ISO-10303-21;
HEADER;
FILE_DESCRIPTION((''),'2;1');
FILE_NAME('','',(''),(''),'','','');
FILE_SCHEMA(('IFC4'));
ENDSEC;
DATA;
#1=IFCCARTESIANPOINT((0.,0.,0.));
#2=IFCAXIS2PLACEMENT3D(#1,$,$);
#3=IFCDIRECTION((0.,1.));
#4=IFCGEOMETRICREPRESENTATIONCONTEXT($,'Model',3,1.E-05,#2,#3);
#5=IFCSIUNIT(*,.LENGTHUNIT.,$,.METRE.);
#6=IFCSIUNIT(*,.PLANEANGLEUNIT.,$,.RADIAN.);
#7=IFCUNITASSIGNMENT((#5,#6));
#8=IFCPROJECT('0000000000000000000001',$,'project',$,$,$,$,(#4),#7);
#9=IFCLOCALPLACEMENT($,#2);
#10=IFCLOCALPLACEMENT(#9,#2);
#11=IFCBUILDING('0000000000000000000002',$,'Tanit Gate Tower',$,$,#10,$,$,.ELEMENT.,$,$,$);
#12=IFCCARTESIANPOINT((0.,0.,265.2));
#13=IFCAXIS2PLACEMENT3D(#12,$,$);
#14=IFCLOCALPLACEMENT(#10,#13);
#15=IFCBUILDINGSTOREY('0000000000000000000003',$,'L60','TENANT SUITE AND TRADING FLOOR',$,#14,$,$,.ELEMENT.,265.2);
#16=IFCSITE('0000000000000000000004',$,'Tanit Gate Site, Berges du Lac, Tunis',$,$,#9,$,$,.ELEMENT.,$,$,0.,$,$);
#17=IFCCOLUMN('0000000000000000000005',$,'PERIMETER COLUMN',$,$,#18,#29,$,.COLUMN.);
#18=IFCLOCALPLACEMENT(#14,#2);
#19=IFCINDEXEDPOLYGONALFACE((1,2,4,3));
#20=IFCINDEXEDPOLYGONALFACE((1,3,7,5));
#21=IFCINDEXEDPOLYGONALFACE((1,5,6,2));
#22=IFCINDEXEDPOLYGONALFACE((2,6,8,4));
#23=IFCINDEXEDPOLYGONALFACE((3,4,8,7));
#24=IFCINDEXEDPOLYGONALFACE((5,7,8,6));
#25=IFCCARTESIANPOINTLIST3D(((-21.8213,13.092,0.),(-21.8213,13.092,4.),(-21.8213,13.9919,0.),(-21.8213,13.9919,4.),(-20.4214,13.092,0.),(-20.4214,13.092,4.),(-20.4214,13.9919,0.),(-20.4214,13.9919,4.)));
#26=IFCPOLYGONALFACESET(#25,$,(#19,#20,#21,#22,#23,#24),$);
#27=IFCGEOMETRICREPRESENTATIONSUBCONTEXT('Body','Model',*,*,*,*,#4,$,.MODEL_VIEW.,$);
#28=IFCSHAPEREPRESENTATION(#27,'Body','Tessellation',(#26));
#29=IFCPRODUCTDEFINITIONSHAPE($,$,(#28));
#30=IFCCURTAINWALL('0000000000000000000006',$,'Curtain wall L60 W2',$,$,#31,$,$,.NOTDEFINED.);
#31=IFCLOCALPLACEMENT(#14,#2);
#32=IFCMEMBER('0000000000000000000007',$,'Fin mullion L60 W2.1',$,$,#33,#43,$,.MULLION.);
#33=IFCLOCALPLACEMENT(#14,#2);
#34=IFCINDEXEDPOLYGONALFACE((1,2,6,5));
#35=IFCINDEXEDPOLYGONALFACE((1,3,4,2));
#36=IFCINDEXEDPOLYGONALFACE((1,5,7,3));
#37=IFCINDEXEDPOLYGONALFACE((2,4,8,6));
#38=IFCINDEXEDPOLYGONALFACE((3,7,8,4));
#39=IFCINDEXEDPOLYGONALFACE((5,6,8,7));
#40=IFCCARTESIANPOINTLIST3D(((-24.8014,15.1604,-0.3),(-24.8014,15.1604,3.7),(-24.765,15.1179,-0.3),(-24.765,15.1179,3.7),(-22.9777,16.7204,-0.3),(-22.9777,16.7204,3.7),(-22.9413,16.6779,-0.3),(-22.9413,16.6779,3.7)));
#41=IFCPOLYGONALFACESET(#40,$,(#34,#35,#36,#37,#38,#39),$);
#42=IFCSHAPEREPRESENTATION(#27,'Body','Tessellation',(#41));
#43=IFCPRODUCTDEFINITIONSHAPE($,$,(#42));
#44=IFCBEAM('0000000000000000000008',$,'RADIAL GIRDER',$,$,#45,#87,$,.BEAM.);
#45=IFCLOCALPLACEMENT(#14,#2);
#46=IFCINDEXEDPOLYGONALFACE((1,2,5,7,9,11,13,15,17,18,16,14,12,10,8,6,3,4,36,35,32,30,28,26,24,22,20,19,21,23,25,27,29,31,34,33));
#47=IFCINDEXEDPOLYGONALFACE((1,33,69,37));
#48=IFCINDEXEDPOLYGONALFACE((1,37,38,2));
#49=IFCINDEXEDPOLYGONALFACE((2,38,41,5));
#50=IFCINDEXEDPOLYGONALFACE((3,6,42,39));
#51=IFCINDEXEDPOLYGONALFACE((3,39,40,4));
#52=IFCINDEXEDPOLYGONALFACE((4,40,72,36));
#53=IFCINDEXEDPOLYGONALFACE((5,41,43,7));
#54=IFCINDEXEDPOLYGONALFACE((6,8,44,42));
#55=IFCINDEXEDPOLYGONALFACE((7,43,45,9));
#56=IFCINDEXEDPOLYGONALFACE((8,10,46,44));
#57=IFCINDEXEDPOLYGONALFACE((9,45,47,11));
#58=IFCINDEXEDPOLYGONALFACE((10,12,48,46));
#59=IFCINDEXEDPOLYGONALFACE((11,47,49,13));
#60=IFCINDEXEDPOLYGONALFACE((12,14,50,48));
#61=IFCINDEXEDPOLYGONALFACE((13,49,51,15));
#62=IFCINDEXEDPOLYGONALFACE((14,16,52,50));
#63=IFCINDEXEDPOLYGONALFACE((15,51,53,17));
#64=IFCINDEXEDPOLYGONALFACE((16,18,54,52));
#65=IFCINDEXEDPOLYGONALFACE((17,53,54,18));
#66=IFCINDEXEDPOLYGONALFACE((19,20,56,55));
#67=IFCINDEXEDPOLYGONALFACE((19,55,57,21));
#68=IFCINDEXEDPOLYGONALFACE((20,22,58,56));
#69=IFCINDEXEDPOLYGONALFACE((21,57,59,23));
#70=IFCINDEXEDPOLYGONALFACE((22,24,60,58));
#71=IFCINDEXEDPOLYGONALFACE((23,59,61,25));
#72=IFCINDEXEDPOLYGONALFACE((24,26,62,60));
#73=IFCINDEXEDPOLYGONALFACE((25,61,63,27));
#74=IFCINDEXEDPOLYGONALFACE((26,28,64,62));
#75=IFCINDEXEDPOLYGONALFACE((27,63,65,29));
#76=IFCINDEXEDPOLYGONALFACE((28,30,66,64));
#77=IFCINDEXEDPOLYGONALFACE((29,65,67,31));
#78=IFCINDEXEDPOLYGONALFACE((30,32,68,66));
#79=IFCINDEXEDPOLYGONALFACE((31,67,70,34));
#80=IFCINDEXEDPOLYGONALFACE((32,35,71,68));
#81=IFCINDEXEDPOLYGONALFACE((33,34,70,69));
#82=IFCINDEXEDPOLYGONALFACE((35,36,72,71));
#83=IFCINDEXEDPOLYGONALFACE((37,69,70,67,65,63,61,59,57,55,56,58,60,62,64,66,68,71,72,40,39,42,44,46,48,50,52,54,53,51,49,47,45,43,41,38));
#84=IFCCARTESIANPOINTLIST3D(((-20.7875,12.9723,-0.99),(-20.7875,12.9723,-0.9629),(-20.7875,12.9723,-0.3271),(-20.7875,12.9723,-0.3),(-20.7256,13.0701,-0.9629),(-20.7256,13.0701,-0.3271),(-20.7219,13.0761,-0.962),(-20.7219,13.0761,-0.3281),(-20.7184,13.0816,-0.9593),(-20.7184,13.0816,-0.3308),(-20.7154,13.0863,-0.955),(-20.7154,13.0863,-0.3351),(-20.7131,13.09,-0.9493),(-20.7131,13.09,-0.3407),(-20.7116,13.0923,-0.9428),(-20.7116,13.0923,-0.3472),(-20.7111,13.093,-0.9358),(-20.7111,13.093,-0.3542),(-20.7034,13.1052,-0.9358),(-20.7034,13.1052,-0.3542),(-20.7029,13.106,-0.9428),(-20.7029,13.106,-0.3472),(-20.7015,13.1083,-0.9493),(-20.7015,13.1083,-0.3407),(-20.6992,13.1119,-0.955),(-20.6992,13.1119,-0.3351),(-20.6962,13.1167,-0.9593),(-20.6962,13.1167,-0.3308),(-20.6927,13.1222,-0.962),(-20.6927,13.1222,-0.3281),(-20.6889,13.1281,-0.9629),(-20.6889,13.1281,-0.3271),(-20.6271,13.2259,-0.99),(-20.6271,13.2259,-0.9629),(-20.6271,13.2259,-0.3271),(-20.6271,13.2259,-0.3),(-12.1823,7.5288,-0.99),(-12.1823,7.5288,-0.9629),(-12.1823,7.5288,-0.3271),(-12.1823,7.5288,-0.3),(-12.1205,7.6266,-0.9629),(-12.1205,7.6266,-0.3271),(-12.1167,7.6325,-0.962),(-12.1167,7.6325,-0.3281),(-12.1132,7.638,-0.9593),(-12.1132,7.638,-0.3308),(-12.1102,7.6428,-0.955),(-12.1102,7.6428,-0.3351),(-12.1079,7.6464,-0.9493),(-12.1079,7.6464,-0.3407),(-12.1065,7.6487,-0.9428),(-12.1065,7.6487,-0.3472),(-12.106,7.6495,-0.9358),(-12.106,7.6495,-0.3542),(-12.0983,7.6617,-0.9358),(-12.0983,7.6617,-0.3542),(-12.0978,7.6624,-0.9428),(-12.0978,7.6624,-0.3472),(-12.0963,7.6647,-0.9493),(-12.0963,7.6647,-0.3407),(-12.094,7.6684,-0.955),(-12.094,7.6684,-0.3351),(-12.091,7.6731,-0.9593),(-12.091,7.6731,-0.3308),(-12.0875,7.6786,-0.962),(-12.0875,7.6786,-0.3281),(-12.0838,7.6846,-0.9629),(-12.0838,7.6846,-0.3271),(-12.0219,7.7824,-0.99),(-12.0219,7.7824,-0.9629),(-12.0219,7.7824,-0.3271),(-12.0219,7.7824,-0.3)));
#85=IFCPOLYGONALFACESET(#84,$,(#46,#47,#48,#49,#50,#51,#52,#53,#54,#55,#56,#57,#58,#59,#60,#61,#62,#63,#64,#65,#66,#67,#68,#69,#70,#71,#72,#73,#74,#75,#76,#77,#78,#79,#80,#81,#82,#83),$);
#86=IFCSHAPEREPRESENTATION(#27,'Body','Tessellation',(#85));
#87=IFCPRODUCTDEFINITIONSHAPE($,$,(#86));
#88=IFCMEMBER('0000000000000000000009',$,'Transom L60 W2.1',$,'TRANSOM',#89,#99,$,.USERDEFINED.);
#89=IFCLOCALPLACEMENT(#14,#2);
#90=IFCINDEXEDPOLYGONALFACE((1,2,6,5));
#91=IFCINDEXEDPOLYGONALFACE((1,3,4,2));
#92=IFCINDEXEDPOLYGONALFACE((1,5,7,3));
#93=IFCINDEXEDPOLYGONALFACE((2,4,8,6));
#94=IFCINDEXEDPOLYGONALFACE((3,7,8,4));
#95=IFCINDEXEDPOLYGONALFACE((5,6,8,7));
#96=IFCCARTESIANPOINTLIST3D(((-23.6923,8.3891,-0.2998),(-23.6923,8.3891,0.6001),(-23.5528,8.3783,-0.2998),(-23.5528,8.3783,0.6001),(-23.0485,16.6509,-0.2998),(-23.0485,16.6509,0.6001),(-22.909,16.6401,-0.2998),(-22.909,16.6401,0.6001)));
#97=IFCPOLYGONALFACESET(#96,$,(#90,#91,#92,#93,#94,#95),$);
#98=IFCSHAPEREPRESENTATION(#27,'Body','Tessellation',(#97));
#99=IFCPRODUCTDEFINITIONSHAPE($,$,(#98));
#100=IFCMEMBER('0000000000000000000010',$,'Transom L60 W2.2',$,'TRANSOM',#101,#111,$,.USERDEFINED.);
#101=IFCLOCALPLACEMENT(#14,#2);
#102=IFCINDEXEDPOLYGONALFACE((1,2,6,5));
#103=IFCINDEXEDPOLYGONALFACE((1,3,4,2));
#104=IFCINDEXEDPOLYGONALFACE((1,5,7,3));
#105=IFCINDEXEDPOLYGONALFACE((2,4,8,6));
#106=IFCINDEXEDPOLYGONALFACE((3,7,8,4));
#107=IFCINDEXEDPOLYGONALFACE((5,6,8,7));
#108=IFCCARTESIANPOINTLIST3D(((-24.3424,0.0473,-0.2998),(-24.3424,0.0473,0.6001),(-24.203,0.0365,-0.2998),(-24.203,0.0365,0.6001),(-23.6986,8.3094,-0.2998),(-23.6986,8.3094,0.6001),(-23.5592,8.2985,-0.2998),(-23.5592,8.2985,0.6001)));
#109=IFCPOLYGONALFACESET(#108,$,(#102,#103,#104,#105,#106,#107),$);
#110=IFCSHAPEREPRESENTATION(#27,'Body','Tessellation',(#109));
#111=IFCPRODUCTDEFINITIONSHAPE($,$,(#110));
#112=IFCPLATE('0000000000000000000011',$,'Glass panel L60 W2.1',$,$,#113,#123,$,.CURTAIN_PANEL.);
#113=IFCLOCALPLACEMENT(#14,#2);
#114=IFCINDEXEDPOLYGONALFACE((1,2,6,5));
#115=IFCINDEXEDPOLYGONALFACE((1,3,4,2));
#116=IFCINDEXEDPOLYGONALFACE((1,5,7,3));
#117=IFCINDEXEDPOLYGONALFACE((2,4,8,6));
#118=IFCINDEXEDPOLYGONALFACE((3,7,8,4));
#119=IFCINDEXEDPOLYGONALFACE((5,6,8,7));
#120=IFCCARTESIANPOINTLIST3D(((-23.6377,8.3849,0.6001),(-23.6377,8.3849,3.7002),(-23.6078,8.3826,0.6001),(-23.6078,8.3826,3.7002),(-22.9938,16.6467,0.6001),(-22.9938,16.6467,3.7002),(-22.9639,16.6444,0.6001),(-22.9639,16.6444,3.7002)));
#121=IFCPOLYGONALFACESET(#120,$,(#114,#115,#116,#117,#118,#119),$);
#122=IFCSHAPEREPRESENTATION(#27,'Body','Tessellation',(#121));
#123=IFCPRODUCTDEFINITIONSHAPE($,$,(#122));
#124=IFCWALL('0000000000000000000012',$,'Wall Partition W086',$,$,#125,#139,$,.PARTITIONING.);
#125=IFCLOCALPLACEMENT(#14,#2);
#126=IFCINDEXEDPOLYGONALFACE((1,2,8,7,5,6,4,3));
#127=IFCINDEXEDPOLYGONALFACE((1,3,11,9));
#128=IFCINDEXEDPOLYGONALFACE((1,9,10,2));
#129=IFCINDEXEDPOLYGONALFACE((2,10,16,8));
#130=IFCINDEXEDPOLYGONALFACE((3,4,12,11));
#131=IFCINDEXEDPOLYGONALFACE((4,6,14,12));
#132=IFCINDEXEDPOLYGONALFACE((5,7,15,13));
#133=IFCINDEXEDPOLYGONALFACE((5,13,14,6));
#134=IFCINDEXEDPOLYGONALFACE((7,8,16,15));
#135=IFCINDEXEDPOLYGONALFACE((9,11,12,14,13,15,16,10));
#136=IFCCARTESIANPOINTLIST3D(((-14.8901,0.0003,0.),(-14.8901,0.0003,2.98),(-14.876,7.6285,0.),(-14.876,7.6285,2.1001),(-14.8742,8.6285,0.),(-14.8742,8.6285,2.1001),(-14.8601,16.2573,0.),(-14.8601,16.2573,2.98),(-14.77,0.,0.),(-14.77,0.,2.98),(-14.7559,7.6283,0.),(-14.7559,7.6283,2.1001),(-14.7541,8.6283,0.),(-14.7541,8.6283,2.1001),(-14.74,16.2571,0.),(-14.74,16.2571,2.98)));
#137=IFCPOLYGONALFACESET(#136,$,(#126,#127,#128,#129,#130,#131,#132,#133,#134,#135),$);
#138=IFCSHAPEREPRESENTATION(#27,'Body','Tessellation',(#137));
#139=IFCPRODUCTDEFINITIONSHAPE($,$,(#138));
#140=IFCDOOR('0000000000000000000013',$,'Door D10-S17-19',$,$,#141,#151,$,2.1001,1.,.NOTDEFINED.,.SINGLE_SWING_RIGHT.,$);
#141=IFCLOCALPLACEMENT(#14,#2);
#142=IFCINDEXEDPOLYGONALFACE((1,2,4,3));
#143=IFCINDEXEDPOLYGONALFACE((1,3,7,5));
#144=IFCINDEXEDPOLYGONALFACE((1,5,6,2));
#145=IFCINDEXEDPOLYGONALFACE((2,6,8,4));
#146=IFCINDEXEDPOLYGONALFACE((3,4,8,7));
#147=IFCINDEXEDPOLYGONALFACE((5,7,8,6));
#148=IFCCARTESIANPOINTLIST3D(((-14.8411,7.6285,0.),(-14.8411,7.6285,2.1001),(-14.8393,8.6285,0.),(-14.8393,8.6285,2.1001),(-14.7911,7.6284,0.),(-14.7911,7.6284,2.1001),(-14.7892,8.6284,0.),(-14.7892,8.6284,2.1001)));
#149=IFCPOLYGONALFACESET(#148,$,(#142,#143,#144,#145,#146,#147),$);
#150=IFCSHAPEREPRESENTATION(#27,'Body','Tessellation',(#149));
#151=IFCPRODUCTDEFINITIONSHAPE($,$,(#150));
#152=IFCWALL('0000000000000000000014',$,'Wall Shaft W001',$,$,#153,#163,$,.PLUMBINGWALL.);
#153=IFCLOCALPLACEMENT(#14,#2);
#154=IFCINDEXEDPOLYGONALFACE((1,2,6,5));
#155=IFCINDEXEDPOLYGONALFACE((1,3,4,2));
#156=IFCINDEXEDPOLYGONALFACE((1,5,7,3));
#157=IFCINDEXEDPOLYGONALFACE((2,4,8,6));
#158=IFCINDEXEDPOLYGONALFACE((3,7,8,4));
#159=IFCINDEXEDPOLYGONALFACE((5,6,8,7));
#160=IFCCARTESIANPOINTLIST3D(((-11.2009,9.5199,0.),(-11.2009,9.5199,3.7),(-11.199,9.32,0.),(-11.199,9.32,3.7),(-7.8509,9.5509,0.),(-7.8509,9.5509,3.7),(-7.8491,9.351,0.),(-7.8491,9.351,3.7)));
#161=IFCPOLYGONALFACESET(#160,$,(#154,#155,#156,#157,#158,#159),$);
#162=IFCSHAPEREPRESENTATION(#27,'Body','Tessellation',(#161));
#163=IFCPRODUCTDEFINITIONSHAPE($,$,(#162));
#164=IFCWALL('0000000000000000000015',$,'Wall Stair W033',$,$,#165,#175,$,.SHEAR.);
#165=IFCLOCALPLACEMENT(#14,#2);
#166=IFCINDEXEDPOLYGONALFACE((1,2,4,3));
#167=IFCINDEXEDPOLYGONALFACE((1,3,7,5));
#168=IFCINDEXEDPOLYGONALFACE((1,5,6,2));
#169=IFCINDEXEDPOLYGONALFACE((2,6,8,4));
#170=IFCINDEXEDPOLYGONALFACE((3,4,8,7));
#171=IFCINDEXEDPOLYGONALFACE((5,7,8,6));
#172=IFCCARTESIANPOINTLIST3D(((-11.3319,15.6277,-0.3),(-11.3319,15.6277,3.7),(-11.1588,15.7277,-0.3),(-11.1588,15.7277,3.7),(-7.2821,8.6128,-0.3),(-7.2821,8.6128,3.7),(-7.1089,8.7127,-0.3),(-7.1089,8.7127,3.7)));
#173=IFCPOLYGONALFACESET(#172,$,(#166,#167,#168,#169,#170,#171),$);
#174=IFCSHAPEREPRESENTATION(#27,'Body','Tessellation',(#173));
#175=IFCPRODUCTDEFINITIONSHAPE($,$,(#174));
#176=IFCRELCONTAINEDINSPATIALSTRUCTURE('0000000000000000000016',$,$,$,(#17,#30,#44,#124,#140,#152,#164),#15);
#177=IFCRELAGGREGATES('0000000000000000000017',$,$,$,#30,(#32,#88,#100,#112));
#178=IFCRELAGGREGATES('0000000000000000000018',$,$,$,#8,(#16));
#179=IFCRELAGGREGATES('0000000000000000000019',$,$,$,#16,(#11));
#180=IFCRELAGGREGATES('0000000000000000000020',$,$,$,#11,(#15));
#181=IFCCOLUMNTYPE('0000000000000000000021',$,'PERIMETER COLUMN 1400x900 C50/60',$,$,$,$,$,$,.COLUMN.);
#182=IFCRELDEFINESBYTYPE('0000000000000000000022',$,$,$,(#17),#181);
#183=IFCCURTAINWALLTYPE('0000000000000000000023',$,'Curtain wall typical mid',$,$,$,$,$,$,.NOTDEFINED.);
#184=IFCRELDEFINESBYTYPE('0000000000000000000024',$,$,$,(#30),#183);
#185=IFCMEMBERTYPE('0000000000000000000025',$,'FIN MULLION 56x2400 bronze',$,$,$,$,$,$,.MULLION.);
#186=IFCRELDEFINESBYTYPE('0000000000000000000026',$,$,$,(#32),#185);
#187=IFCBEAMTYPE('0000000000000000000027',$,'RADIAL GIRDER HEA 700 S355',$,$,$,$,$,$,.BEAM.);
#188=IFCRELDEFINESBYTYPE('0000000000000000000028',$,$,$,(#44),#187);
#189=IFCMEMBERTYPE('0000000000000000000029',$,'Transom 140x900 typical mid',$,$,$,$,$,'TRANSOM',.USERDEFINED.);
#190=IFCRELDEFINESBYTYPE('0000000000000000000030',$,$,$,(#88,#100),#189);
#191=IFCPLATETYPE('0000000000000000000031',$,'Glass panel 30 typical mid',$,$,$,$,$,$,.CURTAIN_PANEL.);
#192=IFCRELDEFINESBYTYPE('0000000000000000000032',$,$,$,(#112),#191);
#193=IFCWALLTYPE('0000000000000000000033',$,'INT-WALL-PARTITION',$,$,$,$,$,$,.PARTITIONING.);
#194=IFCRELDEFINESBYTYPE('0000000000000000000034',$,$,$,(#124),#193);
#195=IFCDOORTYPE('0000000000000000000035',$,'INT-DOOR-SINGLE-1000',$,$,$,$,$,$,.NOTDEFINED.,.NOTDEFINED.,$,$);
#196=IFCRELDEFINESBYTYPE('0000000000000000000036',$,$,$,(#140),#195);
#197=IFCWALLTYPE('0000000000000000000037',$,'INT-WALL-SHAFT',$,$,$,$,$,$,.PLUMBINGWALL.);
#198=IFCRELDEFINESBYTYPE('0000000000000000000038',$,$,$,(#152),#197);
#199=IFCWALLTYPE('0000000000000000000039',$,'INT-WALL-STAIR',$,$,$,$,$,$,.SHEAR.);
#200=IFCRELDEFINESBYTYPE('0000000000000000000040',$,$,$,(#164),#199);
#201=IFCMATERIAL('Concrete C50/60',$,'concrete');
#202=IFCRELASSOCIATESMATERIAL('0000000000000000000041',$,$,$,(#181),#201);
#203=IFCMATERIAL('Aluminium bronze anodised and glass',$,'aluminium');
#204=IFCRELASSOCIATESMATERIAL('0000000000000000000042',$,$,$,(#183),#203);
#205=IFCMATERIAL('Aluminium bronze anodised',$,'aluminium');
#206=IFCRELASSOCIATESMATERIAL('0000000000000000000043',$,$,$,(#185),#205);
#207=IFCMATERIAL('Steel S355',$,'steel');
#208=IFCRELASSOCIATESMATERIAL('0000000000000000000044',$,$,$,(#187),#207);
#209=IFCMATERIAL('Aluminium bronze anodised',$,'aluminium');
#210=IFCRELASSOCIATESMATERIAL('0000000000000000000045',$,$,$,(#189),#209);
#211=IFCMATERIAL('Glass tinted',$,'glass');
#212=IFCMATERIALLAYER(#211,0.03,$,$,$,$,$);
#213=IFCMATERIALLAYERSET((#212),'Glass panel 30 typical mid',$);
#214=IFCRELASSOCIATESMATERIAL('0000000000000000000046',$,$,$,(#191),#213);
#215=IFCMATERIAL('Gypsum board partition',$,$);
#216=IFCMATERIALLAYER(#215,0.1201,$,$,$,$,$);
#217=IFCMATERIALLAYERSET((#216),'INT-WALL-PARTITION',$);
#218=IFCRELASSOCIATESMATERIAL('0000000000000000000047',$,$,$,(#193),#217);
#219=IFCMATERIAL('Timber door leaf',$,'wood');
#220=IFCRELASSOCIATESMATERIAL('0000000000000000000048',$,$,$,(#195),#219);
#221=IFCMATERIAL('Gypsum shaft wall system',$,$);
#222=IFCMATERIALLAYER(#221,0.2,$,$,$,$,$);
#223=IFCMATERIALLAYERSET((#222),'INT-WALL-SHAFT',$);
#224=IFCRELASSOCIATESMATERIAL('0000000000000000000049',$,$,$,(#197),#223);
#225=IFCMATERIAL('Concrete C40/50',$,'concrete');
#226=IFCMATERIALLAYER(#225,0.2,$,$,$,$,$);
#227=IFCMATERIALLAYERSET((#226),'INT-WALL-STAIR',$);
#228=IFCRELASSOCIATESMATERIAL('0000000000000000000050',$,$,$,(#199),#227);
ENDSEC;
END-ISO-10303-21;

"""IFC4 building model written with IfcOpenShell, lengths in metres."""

from ifc_helpers import new_model, si_unit, direction, frame, frame_2d, origin, origin_2d, place, context, subcontext, project, spatial, rectangle, i_section, extrude, material, layer, layer_set, material_profile, profile_set, type_object, element, fill, aggregate, save


model = new_model("IFC4")

# Units and contexts
model_context = context("Model", 3, precision=1e-05, world=origin(), true_north=direction((0.0, 1.0)))
body_context = subcontext(model_context, "Body", "Model", "MODEL_VIEW")
ifc_project = project(units=[si_unit("LENGTHUNIT", "METRE"), si_unit("PLANEANGLEUNIT", "RADIAN")], contexts=[model_context])

# Site, building, storey
site_placement = place(None, origin())
site = spatial("IfcSite", under=ifc_project, at=site_placement, Name="Tanit Gate Site, Berges du Lac, Tunis", CompositionType="ELEMENT", RefElevation=0.0)
building_placement = place(site_placement, origin())
building = spatial("IfcBuilding", under=site, at=building_placement, Name="Tanit Gate Tower", CompositionType="ELEMENT")
storey_placement = place(building_placement, frame((0.0, 0.0, 265.2)))
storey = spatial("IfcBuildingStorey", under=building, at=storey_placement, Name="L60", Description="TENANT SUITE AND TRADING FLOOR", CompositionType="ELEMENT", Elevation=265.2)

# Column
ifc_material_1 = material(Name="Concrete C50/60", Category="concrete")
ifc_material_profile_1 = material_profile(ifc_material_1, rectangle(XDim=1.3999, YDim=0.8999, at=origin_2d()), Name="RC 1400x900")
ifc_profile_set_1 = profile_set([ifc_material_profile_1], Name="Concrete C50/60")
column_type = type_object("IfcColumnType", Name="PERIMETER COLUMN 1400x900 C50/60", PredefinedType="COLUMN", material=ifc_profile_set_1)
column_placement = place(storey_placement, frame((-21.1213, 13.542, 0.0), z_axis=(0.0, 0.0, 1.0), x_axis=(-1.0, 0.0, 0.0)))
element("IfcColumn", 1, at=column_placement, inside=storey, type_object=column_type, Name="PERIMETER COLUMN", PredefinedType="COLUMN", context=body_context, shape_type="SweptSolid", body=[
    extrude(rectangle(XDim=1.3999, YDim=0.8999, at=origin_2d()), origin(), (0.0, 0.0, 1.0), 4.0),
])

# Curtain wall, member
ifc_material_2 = material(Name="Aluminium bronze anodised and glass", Category="aluminium")
curtain_wall_type = type_object("IfcCurtainWallType", Name="Curtain wall typical mid", PredefinedType="NOTDEFINED", material=ifc_material_2)
curtain_wall_placement = place(storey_placement, origin())
curtain_wall = element("IfcCurtainWall", 2, at=curtain_wall_placement, inside=storey, type_object=curtain_wall_type, Name="Curtain wall L60 W2", PredefinedType="NOTDEFINED")
ifc_material_3 = material(Name="Aluminium bronze anodised", Category="aluminium")
ifc_material_profile_2 = material_profile(ifc_material_3, rectangle(XDim=2.3999, YDim=0.0559, at=origin_2d()), Name="56x2400 bronze fin mullion")
ifc_profile_set_2 = profile_set([ifc_material_profile_2], Name="Aluminium bronze anodised")
member_type_1 = type_object("IfcMemberType", Name="FIN MULLION 56x2400 bronze", PredefinedType="MULLION", material=ifc_profile_set_2)
member_1_placement = place(storey_placement, frame((-23.8713, 15.9192, -0.3), z_axis=(0.0, 0.0, 1.0), x_axis=(0.759912, 0.650026, 0.0)))
member_1 = element("IfcMember", 3, at=member_1_placement, type_object=member_type_1, Name="Fin mullion L60 W2.1", PredefinedType="MULLION", context=body_context, shape_type="SweptSolid", body=[
    extrude(rectangle(XDim=2.3999, YDim=0.0559, at=origin_2d()), origin(), (0.0, 0.0, 1.0), 4.0),
])

# Beam
ifc_material_4 = material(Name="Steel S355", Category="steel")
ifc_material_profile_3 = material_profile(ifc_material_4, i_section(OverallWidth=0.3, OverallDepth=0.6899, WebThickness=0.0144, FlangeThickness=0.0271, FilletRadius=0.0271, at=origin_2d()), Name="HEA 700")
ifc_profile_set_3 = profile_set([ifc_material_profile_3], Name="Steel S355")
beam_type = type_object("IfcBeamType", Name="RADIAL GIRDER HEA 700 S355", PredefinedType="BEAM", material=ifc_profile_set_3)
beam_placement = place(storey_placement, frame((-20.7073, 13.0991, -0.645), z_axis=(0.845102, -0.534605, 0.0), x_axis=(0.534605, 0.845102, 0.0)))
element("IfcBeam", 4, at=beam_placement, inside=storey, type_object=beam_type, Name="RADIAL GIRDER", PredefinedType="BEAM", context=body_context, shape_type="SweptSolid", body=[
    extrude(i_section(OverallWidth=0.3, OverallDepth=0.6899, WebThickness=0.0144, FlangeThickness=0.0271, FilletRadius=0.0271, at=origin_2d()), origin(), (0.0, 0.0, 1.0), 10.1824),
])

# Members
ifc_material_5 = material(Name="Aluminium bronze anodised", Category="aluminium")
ifc_material_profile_4 = material_profile(ifc_material_5, rectangle(XDim=0.1399, YDim=0.8999, at=origin_2d()), Name="140x900 bronze transom")
ifc_profile_set_4 = profile_set([ifc_material_profile_4], Name="Aluminium bronze anodised")
member_type_2 = type_object("IfcMemberType", Name="Transom 140x900 typical mid", ElementType="TRANSOM", PredefinedType="USERDEFINED", material=ifc_profile_set_4)
member_2_placement = place(storey_placement, frame((-22.9788, 16.6455, 0.1501), z_axis=(-0.07769, -0.996978, 0.0), x_axis=(0.996978, -0.07769, 0.0)))
member_2 = element("IfcMember", 5, at=member_2_placement, type_object=member_type_2, Name="Transom L60 W2.1", ObjectType="TRANSOM", PredefinedType="USERDEFINED", context=body_context, shape_type="SweptSolid", body=[
    extrude(rectangle(XDim=0.1399, YDim=0.8999, at=origin_2d()), origin(), (0.0, 0.0, 1.0), 8.2869),
])
member_3_placement = place(storey_placement, frame((-23.6289, 8.304, 0.1501), z_axis=(-0.077688, -0.996978, 0.0), x_axis=(0.996978, -0.077688, 0.0)))
member_3 = element("IfcMember", 6, at=member_3_placement, type_object=member_type_2, Name="Transom L60 W2.2", ObjectType="TRANSOM", PredefinedType="USERDEFINED", context=body_context, shape_type="SweptSolid", body=[
    extrude(rectangle(XDim=0.1399, YDim=0.8999, at=origin_2d()), origin(), (0.0, 0.0, 1.0), 8.2871),
])

# Plate
ifc_material_6 = material(Name="Glass tinted", Category="glass")
ifc_layer_1 = layer(ifc_material_6, 0.03)
ifc_layer_set_1 = layer_set([ifc_layer_1], Name="Glass panel 30 typical mid")
plate_type = type_object("IfcPlateType", Name="Glass panel 30 typical mid", PredefinedType="CURTAIN_PANEL", material=ifc_layer_set_1)
plate_placement = place(storey_placement, frame((-23.3008, 12.5146, 0.6001), z_axis=(0.0, 0.0, 1.0), x_axis=(-0.077701, -0.996977, 0.0)))
plate = element("IfcPlate", 7, at=plate_placement, type_object=plate_type, Name="Glass panel L60 W2.1", PredefinedType="CURTAIN_PANEL", context=body_context, shape_type="SweptSolid", body=[
    extrude(rectangle(XDim=8.2869, YDim=0.03, at=origin_2d()), origin(), (0.0, 0.0, 1.0), 3.1001),
])
aggregate(curtain_wall, [member_1, member_2, member_3, plate])

# Wall, opening, door
ifc_material_7 = material(Name="Gypsum board partition")
ifc_layer_2 = layer(ifc_material_7, 0.1201)
ifc_layer_set_2 = layer_set([ifc_layer_2], Name="INT-WALL-PARTITION")
wall_type_1 = type_object("IfcWallType", Name="INT-WALL-PARTITION", PredefinedType="PARTITIONING", material=ifc_layer_set_2)
wall_1_placement = place(storey_placement, frame((-14.8, 16.2571, 0.0), z_axis=(0.0, 0.0, 1.0), x_axis=(-0.001847, -0.999998, 0.0)))
wall_1 = element("IfcWall", 8, at=wall_1_placement, inside=storey, type_object=wall_type_1, Name="Wall Partition W086", PredefinedType="PARTITIONING", context=body_context, shape_type="SweptSolid", body=[
    extrude(rectangle(XDim=16.2571, YDim=0.1201, at=frame_2d((8.1284, 0.0))), origin(), (0.0, 0.0, 1.0), 2.98),
])
opening_1_placement = place(wall_1_placement, frame((7.6287, 0.0, 0.0)))
opening_1 = element("IfcOpeningElement", 9, at=opening_1_placement, cuts=wall_1, PredefinedType="OPENING", context=body_context, shape_type="SweptSolid", body=[
    extrude(rectangle(XDim=1.0, YDim=2.1001, at=frame_2d((0.5, 1.05))), frame((0.0, 0.0701, 0.0), z_axis=(0.0, -1.0, 0.0), x_axis=(1.0, 0.0, 0.0)), (0.0, 0.0, 1.0), 0.1401),
])
ifc_material_8 = material(Name="Timber door leaf", Category="wood")
door_type_1 = type_object("IfcDoorType", Name="INT-DOOR-SINGLE-1000", OperationType="NOTDEFINED", PredefinedType="NOTDEFINED", material=ifc_material_8)
door_1_placement = place(opening_1_placement, origin())
door_1 = element("IfcDoor", 10, at=door_1_placement, inside=storey, type_object=door_type_1, Name="Door D10-S17-19", OperationType="SINGLE_SWING_RIGHT", OverallHeight=2.1001, OverallWidth=1.0, PredefinedType="NOTDEFINED", context=body_context, shape_type="SweptSolid", body=[
    extrude(rectangle(XDim=1.0, YDim=2.1001, at=frame_2d((0.5, 1.05))), frame((0.0, 0.0249, 0.0), z_axis=(0.0, -1.0, 0.0), x_axis=(1.0, 0.0, 0.0)), (0.0, 0.0, 1.0), 0.05),
])
fill(opening_1, door_1)

# Walls
ifc_material_9 = material(Name="Gypsum shaft wall system")
ifc_layer_3 = layer(ifc_material_9, 0.2)
ifc_layer_set_3 = layer_set([ifc_layer_3], Name="INT-WALL-SHAFT")
wall_type_2 = type_object("IfcWallType", Name="INT-WALL-SHAFT", PredefinedType="PLUMBINGWALL", material=ifc_layer_set_3)
wall_2_placement = place(storey_placement, frame((-11.2, 9.4199, 0.0), z_axis=(0.0, 0.0, 1.0), x_axis=(0.999957, 0.009255, 0.0)))
element("IfcWall", 11, at=wall_2_placement, inside=storey, type_object=wall_type_2, Name="Wall Shaft W001", PredefinedType="PLUMBINGWALL", context=body_context, shape_type="SweptSolid", body=[
    extrude(rectangle(XDim=3.3501, YDim=0.2, at=frame_2d((1.675, 0.0))), origin(), (0.0, 0.0, 1.0), 3.7),
])
ifc_material_10 = material(Name="Concrete C40/50", Category="concrete")
ifc_layer_4 = layer(ifc_material_10, 0.2)
ifc_layer_set_4 = layer_set([ifc_layer_4], Name="INT-WALL-STAIR")
wall_type_3 = type_object("IfcWallType", Name="INT-WALL-STAIR", PredefinedType="SHEAR", material=ifc_layer_set_4)
wall_3_placement = place(storey_placement, frame((-11.2454, 15.6777, -0.3), z_axis=(0.0, 0.0, 1.0), x_axis=(0.499977, -0.866039, 0.0)))
element("IfcWall", 12, at=wall_3_placement, inside=storey, type_object=wall_type_3, Name="Wall Stair W033", PredefinedType="SHEAR", context=body_context, shape_type="SweptSolid", body=[
    extrude(rectangle(XDim=8.1001, YDim=0.2, at=frame_2d((4.05, 0.0))), origin(), (0.0, 0.0, 1.0), 4.0),
])

save(model, "model.ifc")
